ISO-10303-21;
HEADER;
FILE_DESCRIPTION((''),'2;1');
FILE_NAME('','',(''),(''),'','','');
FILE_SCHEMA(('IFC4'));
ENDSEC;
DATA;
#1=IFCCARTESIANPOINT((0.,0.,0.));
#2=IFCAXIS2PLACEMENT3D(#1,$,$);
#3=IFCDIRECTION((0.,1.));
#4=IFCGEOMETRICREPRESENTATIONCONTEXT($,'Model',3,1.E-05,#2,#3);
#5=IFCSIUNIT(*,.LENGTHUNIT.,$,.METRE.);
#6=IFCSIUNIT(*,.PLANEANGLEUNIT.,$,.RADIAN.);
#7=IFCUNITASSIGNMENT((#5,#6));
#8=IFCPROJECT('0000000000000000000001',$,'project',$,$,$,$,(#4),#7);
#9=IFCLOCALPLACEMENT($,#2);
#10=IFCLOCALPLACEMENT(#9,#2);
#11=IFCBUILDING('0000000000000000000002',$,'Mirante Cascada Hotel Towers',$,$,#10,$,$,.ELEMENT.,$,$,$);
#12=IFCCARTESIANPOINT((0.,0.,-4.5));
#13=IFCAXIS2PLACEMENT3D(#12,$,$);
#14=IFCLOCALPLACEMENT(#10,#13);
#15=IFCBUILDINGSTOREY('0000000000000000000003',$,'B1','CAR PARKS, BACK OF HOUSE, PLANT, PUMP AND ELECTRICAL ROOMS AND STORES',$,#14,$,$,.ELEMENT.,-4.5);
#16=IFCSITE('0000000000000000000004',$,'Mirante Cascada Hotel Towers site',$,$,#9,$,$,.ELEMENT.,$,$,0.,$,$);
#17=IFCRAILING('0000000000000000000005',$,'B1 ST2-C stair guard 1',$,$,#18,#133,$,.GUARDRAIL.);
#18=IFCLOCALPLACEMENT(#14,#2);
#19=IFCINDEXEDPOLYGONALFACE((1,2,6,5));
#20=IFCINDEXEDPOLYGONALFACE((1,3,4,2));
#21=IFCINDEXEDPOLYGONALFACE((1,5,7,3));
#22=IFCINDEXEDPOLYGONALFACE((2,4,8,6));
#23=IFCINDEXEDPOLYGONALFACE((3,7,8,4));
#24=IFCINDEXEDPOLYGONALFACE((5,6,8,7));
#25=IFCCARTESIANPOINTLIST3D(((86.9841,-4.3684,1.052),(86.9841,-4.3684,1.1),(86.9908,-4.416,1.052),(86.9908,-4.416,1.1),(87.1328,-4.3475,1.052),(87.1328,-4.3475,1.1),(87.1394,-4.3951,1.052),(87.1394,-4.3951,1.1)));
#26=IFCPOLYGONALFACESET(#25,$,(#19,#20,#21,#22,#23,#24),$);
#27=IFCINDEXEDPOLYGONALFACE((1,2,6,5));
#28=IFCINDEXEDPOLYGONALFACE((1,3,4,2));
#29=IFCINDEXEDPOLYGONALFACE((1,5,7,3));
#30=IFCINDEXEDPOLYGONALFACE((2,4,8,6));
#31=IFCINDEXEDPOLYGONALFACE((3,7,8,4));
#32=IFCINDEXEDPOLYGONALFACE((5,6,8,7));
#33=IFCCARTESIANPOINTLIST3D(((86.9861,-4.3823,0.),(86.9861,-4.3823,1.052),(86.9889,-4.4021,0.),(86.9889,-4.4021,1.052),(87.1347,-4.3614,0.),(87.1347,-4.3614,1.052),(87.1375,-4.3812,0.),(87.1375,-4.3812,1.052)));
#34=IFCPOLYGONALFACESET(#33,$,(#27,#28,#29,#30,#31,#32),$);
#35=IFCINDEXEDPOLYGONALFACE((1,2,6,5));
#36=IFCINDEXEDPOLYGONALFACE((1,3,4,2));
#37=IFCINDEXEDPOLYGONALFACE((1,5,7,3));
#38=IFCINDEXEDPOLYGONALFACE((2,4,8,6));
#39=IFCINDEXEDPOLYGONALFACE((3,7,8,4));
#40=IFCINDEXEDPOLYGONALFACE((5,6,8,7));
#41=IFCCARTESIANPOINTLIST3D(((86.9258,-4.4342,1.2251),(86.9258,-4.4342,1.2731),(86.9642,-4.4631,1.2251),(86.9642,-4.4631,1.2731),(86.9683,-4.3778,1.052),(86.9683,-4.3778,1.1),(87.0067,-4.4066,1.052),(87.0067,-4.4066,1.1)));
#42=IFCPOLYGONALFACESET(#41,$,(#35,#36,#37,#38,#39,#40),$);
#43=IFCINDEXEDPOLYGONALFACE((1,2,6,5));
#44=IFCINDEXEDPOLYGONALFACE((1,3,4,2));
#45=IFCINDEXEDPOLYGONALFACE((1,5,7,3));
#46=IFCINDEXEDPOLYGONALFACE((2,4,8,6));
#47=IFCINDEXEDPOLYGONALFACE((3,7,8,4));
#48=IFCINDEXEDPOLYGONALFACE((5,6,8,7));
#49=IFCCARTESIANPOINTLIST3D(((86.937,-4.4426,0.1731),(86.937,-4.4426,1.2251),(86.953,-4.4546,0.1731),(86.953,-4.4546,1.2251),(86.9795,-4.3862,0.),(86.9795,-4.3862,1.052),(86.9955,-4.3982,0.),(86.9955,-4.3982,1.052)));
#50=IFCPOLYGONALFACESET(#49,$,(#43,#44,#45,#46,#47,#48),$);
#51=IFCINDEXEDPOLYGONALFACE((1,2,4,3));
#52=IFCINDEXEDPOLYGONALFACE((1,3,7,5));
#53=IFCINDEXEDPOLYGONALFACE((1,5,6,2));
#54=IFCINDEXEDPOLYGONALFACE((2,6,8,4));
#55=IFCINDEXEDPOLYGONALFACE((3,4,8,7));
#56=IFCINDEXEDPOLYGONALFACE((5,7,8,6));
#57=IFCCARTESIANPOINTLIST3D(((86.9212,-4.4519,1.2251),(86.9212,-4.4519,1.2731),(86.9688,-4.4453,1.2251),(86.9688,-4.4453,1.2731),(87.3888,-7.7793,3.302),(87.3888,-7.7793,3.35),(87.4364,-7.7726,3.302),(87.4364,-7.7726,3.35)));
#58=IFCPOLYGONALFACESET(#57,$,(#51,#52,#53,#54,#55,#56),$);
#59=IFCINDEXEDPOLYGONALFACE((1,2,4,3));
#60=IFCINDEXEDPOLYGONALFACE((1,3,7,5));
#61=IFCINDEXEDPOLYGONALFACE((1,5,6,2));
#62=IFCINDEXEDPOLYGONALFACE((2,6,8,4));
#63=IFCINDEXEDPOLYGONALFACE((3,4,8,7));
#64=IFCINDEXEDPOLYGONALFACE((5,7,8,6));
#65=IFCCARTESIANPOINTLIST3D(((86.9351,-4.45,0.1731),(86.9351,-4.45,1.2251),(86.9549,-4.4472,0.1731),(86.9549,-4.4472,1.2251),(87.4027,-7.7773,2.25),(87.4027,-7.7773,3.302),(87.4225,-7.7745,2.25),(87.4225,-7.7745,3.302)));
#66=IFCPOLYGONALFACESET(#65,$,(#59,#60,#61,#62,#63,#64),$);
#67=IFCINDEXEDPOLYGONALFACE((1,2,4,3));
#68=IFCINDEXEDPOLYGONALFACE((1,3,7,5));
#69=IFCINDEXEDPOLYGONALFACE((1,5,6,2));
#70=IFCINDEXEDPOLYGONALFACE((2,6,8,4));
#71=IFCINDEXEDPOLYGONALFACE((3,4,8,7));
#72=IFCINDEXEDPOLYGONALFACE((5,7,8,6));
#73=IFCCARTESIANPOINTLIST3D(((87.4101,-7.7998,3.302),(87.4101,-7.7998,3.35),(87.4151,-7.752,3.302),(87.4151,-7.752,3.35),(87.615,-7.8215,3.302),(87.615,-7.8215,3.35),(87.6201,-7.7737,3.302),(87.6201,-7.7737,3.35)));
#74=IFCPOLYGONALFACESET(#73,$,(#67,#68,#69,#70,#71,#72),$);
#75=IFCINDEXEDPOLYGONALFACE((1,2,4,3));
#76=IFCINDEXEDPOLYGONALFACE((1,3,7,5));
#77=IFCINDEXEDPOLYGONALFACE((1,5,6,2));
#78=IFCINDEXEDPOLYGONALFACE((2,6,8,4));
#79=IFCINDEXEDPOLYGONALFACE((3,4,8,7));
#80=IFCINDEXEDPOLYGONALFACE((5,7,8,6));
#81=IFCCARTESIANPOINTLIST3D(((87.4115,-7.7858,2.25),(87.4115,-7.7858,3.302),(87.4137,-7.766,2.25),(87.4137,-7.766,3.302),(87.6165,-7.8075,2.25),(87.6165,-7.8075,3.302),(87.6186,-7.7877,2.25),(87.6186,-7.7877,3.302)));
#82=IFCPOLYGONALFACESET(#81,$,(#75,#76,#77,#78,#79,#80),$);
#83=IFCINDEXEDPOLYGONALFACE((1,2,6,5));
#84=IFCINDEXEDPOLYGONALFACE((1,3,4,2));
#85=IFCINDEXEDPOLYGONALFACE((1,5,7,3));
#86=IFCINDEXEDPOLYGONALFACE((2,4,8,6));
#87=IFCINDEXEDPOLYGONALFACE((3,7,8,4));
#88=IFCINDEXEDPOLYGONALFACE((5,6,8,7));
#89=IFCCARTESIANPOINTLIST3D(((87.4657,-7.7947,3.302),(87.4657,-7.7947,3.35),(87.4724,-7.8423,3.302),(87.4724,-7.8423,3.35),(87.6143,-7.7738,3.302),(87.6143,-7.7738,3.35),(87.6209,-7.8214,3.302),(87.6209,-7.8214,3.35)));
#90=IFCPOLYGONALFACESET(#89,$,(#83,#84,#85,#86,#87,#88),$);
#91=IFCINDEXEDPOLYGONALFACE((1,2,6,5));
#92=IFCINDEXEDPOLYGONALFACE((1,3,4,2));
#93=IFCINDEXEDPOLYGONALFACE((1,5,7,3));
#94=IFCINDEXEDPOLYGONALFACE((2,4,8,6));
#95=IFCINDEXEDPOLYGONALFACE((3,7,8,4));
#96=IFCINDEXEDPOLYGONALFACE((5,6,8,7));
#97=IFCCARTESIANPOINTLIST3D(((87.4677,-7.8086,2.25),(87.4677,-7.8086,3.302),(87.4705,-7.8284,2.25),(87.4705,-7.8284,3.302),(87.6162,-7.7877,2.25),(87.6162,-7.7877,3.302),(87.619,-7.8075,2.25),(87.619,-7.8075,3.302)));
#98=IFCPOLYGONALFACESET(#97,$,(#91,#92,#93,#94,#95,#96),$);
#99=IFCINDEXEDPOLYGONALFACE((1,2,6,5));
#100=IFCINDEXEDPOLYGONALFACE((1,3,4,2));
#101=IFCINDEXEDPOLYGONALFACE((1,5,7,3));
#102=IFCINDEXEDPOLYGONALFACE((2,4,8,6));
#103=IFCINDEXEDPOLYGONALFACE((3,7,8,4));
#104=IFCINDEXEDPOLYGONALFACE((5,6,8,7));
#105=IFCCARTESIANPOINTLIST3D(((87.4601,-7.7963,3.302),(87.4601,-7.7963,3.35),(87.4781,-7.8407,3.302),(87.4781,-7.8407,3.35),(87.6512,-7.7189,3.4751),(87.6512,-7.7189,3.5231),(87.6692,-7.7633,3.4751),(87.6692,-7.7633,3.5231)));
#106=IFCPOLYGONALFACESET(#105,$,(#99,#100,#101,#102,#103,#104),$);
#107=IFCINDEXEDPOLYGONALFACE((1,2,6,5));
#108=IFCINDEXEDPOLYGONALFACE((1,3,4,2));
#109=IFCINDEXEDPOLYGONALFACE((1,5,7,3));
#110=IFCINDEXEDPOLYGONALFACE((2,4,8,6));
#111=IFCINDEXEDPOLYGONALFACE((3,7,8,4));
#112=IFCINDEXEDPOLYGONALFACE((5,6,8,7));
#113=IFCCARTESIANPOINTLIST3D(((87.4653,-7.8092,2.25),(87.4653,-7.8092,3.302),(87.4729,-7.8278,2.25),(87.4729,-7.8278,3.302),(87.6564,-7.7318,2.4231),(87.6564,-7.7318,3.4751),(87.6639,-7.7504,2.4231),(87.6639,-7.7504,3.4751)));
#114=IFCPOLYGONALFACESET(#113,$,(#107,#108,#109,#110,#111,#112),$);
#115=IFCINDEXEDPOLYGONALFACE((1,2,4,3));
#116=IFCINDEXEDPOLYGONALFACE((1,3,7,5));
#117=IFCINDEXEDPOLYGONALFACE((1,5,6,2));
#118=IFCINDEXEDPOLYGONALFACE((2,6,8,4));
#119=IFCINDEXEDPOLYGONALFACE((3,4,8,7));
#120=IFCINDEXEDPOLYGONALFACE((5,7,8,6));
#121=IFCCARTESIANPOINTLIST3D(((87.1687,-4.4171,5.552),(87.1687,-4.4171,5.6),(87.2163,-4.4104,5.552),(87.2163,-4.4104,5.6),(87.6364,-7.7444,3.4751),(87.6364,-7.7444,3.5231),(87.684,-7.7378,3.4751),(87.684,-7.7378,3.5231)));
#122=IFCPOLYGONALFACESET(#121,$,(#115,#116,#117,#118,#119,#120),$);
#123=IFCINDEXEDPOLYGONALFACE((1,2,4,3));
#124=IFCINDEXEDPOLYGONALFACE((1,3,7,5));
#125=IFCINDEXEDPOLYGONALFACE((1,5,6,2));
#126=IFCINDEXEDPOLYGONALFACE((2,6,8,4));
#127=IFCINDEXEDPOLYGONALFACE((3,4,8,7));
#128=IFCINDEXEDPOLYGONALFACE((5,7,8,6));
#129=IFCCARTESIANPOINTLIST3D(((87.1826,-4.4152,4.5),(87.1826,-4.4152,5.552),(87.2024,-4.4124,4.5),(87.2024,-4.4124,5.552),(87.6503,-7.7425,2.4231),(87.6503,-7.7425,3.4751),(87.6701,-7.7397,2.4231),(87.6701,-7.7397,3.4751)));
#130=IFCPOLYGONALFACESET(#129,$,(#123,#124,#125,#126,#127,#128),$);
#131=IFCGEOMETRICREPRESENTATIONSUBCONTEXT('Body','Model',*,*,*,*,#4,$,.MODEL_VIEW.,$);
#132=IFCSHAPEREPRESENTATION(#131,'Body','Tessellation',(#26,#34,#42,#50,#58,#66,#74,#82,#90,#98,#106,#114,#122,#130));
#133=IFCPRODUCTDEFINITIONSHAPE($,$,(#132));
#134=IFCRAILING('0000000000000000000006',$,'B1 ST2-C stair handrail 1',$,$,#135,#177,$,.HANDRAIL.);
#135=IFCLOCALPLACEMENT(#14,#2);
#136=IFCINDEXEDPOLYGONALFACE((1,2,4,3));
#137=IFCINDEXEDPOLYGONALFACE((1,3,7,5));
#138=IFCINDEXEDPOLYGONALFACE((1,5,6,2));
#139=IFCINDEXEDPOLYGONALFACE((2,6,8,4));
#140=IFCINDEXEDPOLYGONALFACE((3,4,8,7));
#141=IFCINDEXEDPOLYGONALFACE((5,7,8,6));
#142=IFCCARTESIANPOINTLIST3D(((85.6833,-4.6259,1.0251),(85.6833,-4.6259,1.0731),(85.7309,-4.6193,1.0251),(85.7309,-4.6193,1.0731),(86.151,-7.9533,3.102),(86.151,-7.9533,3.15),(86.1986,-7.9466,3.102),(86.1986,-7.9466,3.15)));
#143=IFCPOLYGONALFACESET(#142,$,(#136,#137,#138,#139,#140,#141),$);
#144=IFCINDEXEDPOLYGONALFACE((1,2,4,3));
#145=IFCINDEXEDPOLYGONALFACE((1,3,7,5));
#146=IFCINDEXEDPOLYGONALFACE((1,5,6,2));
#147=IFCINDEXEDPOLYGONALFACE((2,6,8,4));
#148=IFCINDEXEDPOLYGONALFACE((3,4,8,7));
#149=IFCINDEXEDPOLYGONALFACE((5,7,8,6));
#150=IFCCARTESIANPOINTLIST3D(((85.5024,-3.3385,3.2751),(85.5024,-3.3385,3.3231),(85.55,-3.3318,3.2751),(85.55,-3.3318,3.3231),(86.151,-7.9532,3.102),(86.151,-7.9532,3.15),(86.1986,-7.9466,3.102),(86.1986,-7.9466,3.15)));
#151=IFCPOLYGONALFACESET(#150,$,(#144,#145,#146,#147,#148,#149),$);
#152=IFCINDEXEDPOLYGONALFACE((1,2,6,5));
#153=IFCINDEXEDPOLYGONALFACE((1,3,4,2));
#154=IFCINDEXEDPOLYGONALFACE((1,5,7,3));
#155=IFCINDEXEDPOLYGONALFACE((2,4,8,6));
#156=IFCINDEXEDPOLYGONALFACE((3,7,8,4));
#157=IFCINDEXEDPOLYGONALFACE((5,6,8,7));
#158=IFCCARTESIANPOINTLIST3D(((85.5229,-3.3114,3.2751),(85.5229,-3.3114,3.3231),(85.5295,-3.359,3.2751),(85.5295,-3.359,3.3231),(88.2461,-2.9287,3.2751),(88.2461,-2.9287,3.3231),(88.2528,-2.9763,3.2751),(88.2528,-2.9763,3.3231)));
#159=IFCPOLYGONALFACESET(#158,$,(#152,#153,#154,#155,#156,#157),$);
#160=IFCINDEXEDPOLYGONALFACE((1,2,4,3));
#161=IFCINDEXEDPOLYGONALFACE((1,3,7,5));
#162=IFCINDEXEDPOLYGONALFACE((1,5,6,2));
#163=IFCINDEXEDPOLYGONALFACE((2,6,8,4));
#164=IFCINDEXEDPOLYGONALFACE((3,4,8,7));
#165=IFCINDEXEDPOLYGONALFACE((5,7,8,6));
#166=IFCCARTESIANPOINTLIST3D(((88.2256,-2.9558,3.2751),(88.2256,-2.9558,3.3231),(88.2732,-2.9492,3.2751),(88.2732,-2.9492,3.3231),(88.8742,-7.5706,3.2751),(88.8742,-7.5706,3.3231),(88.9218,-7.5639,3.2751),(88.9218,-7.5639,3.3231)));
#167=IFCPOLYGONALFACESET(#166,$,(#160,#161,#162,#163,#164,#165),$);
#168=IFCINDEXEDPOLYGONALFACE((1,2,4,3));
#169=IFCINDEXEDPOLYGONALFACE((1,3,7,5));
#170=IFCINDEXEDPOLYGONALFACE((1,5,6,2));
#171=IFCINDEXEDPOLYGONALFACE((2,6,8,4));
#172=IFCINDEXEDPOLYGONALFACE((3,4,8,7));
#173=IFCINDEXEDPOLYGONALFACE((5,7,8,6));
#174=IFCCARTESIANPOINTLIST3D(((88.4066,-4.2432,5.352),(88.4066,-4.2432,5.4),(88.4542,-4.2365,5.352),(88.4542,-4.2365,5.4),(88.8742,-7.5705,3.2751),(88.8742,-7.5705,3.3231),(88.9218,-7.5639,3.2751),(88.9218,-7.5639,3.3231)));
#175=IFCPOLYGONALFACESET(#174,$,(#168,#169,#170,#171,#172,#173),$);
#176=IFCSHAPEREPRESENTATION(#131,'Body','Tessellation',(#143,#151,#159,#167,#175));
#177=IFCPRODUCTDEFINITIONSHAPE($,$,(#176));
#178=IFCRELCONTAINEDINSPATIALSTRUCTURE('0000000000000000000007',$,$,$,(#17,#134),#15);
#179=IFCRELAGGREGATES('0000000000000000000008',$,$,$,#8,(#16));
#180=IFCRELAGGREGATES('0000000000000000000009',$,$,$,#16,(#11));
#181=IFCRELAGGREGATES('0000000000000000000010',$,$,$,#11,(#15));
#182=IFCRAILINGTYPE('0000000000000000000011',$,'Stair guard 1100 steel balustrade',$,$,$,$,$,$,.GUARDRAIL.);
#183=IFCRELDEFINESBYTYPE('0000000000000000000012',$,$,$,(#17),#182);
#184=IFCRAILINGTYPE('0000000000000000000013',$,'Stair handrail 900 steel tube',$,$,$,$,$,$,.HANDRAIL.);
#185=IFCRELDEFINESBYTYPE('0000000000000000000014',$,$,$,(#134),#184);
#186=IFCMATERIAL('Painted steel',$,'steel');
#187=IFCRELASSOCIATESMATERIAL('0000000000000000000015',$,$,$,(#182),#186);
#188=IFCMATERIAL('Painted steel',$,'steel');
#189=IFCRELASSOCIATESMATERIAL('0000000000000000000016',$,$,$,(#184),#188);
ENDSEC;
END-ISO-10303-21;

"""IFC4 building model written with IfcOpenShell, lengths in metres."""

from ifc_helpers import new_model, si_unit, direction, frame, origin, origin_2d, place, context, subcontext, project, spatial, rectangle, extrude, material, type_object, element, save


model = new_model("IFC4")

# Units and contexts
model_context = context("Model", 3, precision=1e-05, world=origin(), true_north=direction((0.0, 1.0)))
body_context = subcontext(model_context, "Body", "Model", "MODEL_VIEW")
ifc_project = project(units=[si_unit("LENGTHUNIT", "METRE"), si_unit("PLANEANGLEUNIT", "RADIAN")], contexts=[model_context])

# Site, building, storey
site_placement = place(None, origin())
site = spatial("IfcSite", under=ifc_project, at=site_placement, Name="Mirante Cascada Hotel Towers site", CompositionType="ELEMENT", RefElevation=0.0)
building_placement = place(site_placement, origin())
building = spatial("IfcBuilding", under=site, at=building_placement, Name="Mirante Cascada Hotel Towers", CompositionType="ELEMENT")
storey_placement = place(building_placement, frame((0.0, 0.0, -4.5)))
storey = spatial("IfcBuildingStorey", under=building, at=storey_placement, Name="B1", Description="CAR PARKS, BACK OF HOUSE, PLANT, PUMP AND ELECTRICAL ROOMS AND STORES", CompositionType="ELEMENT", Elevation=-4.5)

# Railings
ifc_material_1 = material(Name="Painted steel", Category="steel")
railing_type_1 = type_object("IfcRailingType", Name="Stair guard 1100 steel balustrade", PredefinedType="GUARDRAIL", material=ifc_material_1)
railing_1_placement = place(storey_placement, frame((87.1361, -4.3713, 0.0)))
element("IfcRailing", 1, at=railing_1_placement, inside=storey, type_object=railing_type_1, Name="B1 ST2-C stair guard 1", PredefinedType="GUARDRAIL", context=body_context, shape_type="SweptSolid", body=[
    extrude(rectangle(XDim=0.048, YDim=0.048, at=origin_2d()), frame((0.0, 0.0, 1.076), z_axis=(-0.990254, -0.139275, 0.0), x_axis=(0.139275, -0.990254, 0.0)), (0.0, 0.0, 1.0), 0.1501),
    extrude(rectangle(XDim=0.02, YDim=1.052, at=origin_2d()), frame((0.0, 0.0, 0.526), z_axis=(-0.990254, -0.139275, 0.0), x_axis=(0.139275, -0.990254, 0.0)), (0.0, 0.0, 1.0), 0.1501),
    extrude(rectangle(XDim=0.048, YDim=0.048, at=origin_2d()), frame((-0.1486, -0.0209, 1.076), z_axis=(-0.601811, -0.798639, 0.0), x_axis=(0.798639, -0.601811, 0.0)), (0.0, 0.925909, 0.377746), 0.187),
    extrude(rectangle(XDim=0.02, YDim=1.052, at=origin_2d()), frame((-0.1486, -0.0209, 0.526), z_axis=(-0.601811, -0.798639, 0.0), x_axis=(0.798639, -0.601811, 0.0)), (0.0, 0.925909, 0.377746), 0.187),
    extrude(rectangle(XDim=0.048, YDim=0.048, at=origin_2d()), frame((-0.1911, -0.0773, 1.2491), z_axis=(0.139167, -0.990269, 0.0), x_axis=(0.990269, 0.139167, 0.0)), (0.0, 0.525787, 0.850616), 3.9501),
    extrude(rectangle(XDim=0.02, YDim=1.052, at=origin_2d()), frame((-0.1911, -0.0773, 0.6991), z_axis=(0.139167, -0.990269, 0.0), x_axis=(0.990269, 0.139167, 0.0)), (0.0, 0.525787, 0.850616), 3.9501),
    extrude(rectangle(XDim=0.048, YDim=0.048, at=origin_2d()), frame((0.2765, -3.4046, 3.326), z_axis=(0.994444, -0.105266, 0.0), x_axis=(0.105266, 0.994444, 0.0)), (0.0, 0.0, 1.0), 0.2061),
    extrude(rectangle(XDim=0.02, YDim=1.052, at=origin_2d()), frame((0.2765, -3.4046, 2.776), z_axis=(0.994444, -0.105266, 0.0), x_axis=(0.105266, 0.994444, 0.0)), (0.0, 0.0, 1.0), 0.2061),
    extrude(rectangle(XDim=0.048, YDim=0.048, at=origin_2d()), frame((0.4815, -3.4263, 3.326), z_axis=(-0.990241, -0.139367, 0.0), x_axis=(0.139367, -0.990241, 0.0)), (0.0, 0.0, 1.0), 0.15),
    extrude(rectangle(XDim=0.02, YDim=1.052, at=origin_2d()), frame((0.4815, -3.4263, 2.776), z_axis=(-0.990241, -0.139367, 0.0), x_axis=(0.139367, -0.990241, 0.0)), (0.0, 0.0, 1.0), 0.15),
    extrude(rectangle(XDim=0.048, YDim=0.048, at=origin_2d()), frame((0.333, -3.4472, 3.326), z_axis=(0.926862, 0.375401, 0.0), x_axis=(-0.375401, 0.926862, 0.0)), (0.0, 0.642994, 0.765871), 0.2692),
    extrude(rectangle(XDim=0.02, YDim=1.052, at=origin_2d()), frame((0.333, -3.4472, 2.776), z_axis=(0.926862, 0.375401, 0.0), x_axis=(-0.375401, 0.926862, 0.0)), (0.0, 0.642994, 0.765871), 0.2692),
    extrude(rectangle(XDim=0.048, YDim=0.048, at=origin_2d()), frame((0.5241, -3.3698, 3.4991), z_axis=(-0.139196, 0.990265, 0.0), x_axis=(-0.990265, -0.139196, 0.0)), (0.0, 0.525786, 0.850617), 3.9501),
    extrude(rectangle(XDim=0.02, YDim=1.052, at=origin_2d()), frame((0.5241, -3.3698, 2.9491), z_axis=(-0.139196, 0.990265, 0.0), x_axis=(-0.990265, -0.139196, 0.0)), (0.0, 0.525786, 0.850617), 3.9501),
])
ifc_material_2 = material(Name="Painted steel", Category="steel")
railing_type_2 = type_object("IfcRailingType", Name="Stair handrail 900 steel tube", PredefinedType="HANDRAIL", material=ifc_material_2)
railing_2_placement = place(storey_placement, frame((85.7071, -4.6226, 0.1731)))
element("IfcRailing", 2, at=railing_2_placement, inside=storey, type_object=railing_type_2, Name="B1 ST2-C stair handrail 1", PredefinedType="HANDRAIL", context=body_context, shape_type="SweptSolid", body=[
    extrude(rectangle(XDim=0.048, YDim=0.048, at=origin_2d()), frame((0.0, 0.0, 0.876), z_axis=(0.139196, -0.990265, 0.0), x_axis=(0.990265, 0.139196, 0.0)), (0.0, 0.525786, 0.850617), 3.9501),
    extrude(rectangle(XDim=0.048, YDim=0.048, at=origin_2d()), frame((0.4677, -3.3273, 2.9529), z_axis=(-0.139183, 0.990267, 0.0), x_axis=(-0.990267, -0.139183, 0.0)), (0.0, 0.03712, 0.999311), 4.6633),
    extrude(rectangle(XDim=0.048, YDim=0.048, at=origin_2d()), frame((-0.1809, 1.2874, 3.126), z_axis=(0.990269, 0.139166, 0.0), x_axis=(-0.139166, 0.990269, 0.0)), (0.0, 0.0, 1.0), 2.75),
    extrude(rectangle(XDim=0.048, YDim=0.048, at=origin_2d()), frame((2.5423, 1.6701, 3.126), z_axis=(0.139183, -0.990267, 0.0), x_axis=(0.990267, 0.139183, 0.0)), (0.0, 0.0, 1.0), 4.6601),
    extrude(rectangle(XDim=0.048, YDim=0.048, at=origin_2d()), frame((3.1909, -2.9446, 3.126), z_axis=(-0.139167, 0.990269, 0.0), x_axis=(-0.990269, -0.139167, 0.0)), (0.0, 0.525787, 0.850616), 3.9501),
])

save(model, "model.ifc")
